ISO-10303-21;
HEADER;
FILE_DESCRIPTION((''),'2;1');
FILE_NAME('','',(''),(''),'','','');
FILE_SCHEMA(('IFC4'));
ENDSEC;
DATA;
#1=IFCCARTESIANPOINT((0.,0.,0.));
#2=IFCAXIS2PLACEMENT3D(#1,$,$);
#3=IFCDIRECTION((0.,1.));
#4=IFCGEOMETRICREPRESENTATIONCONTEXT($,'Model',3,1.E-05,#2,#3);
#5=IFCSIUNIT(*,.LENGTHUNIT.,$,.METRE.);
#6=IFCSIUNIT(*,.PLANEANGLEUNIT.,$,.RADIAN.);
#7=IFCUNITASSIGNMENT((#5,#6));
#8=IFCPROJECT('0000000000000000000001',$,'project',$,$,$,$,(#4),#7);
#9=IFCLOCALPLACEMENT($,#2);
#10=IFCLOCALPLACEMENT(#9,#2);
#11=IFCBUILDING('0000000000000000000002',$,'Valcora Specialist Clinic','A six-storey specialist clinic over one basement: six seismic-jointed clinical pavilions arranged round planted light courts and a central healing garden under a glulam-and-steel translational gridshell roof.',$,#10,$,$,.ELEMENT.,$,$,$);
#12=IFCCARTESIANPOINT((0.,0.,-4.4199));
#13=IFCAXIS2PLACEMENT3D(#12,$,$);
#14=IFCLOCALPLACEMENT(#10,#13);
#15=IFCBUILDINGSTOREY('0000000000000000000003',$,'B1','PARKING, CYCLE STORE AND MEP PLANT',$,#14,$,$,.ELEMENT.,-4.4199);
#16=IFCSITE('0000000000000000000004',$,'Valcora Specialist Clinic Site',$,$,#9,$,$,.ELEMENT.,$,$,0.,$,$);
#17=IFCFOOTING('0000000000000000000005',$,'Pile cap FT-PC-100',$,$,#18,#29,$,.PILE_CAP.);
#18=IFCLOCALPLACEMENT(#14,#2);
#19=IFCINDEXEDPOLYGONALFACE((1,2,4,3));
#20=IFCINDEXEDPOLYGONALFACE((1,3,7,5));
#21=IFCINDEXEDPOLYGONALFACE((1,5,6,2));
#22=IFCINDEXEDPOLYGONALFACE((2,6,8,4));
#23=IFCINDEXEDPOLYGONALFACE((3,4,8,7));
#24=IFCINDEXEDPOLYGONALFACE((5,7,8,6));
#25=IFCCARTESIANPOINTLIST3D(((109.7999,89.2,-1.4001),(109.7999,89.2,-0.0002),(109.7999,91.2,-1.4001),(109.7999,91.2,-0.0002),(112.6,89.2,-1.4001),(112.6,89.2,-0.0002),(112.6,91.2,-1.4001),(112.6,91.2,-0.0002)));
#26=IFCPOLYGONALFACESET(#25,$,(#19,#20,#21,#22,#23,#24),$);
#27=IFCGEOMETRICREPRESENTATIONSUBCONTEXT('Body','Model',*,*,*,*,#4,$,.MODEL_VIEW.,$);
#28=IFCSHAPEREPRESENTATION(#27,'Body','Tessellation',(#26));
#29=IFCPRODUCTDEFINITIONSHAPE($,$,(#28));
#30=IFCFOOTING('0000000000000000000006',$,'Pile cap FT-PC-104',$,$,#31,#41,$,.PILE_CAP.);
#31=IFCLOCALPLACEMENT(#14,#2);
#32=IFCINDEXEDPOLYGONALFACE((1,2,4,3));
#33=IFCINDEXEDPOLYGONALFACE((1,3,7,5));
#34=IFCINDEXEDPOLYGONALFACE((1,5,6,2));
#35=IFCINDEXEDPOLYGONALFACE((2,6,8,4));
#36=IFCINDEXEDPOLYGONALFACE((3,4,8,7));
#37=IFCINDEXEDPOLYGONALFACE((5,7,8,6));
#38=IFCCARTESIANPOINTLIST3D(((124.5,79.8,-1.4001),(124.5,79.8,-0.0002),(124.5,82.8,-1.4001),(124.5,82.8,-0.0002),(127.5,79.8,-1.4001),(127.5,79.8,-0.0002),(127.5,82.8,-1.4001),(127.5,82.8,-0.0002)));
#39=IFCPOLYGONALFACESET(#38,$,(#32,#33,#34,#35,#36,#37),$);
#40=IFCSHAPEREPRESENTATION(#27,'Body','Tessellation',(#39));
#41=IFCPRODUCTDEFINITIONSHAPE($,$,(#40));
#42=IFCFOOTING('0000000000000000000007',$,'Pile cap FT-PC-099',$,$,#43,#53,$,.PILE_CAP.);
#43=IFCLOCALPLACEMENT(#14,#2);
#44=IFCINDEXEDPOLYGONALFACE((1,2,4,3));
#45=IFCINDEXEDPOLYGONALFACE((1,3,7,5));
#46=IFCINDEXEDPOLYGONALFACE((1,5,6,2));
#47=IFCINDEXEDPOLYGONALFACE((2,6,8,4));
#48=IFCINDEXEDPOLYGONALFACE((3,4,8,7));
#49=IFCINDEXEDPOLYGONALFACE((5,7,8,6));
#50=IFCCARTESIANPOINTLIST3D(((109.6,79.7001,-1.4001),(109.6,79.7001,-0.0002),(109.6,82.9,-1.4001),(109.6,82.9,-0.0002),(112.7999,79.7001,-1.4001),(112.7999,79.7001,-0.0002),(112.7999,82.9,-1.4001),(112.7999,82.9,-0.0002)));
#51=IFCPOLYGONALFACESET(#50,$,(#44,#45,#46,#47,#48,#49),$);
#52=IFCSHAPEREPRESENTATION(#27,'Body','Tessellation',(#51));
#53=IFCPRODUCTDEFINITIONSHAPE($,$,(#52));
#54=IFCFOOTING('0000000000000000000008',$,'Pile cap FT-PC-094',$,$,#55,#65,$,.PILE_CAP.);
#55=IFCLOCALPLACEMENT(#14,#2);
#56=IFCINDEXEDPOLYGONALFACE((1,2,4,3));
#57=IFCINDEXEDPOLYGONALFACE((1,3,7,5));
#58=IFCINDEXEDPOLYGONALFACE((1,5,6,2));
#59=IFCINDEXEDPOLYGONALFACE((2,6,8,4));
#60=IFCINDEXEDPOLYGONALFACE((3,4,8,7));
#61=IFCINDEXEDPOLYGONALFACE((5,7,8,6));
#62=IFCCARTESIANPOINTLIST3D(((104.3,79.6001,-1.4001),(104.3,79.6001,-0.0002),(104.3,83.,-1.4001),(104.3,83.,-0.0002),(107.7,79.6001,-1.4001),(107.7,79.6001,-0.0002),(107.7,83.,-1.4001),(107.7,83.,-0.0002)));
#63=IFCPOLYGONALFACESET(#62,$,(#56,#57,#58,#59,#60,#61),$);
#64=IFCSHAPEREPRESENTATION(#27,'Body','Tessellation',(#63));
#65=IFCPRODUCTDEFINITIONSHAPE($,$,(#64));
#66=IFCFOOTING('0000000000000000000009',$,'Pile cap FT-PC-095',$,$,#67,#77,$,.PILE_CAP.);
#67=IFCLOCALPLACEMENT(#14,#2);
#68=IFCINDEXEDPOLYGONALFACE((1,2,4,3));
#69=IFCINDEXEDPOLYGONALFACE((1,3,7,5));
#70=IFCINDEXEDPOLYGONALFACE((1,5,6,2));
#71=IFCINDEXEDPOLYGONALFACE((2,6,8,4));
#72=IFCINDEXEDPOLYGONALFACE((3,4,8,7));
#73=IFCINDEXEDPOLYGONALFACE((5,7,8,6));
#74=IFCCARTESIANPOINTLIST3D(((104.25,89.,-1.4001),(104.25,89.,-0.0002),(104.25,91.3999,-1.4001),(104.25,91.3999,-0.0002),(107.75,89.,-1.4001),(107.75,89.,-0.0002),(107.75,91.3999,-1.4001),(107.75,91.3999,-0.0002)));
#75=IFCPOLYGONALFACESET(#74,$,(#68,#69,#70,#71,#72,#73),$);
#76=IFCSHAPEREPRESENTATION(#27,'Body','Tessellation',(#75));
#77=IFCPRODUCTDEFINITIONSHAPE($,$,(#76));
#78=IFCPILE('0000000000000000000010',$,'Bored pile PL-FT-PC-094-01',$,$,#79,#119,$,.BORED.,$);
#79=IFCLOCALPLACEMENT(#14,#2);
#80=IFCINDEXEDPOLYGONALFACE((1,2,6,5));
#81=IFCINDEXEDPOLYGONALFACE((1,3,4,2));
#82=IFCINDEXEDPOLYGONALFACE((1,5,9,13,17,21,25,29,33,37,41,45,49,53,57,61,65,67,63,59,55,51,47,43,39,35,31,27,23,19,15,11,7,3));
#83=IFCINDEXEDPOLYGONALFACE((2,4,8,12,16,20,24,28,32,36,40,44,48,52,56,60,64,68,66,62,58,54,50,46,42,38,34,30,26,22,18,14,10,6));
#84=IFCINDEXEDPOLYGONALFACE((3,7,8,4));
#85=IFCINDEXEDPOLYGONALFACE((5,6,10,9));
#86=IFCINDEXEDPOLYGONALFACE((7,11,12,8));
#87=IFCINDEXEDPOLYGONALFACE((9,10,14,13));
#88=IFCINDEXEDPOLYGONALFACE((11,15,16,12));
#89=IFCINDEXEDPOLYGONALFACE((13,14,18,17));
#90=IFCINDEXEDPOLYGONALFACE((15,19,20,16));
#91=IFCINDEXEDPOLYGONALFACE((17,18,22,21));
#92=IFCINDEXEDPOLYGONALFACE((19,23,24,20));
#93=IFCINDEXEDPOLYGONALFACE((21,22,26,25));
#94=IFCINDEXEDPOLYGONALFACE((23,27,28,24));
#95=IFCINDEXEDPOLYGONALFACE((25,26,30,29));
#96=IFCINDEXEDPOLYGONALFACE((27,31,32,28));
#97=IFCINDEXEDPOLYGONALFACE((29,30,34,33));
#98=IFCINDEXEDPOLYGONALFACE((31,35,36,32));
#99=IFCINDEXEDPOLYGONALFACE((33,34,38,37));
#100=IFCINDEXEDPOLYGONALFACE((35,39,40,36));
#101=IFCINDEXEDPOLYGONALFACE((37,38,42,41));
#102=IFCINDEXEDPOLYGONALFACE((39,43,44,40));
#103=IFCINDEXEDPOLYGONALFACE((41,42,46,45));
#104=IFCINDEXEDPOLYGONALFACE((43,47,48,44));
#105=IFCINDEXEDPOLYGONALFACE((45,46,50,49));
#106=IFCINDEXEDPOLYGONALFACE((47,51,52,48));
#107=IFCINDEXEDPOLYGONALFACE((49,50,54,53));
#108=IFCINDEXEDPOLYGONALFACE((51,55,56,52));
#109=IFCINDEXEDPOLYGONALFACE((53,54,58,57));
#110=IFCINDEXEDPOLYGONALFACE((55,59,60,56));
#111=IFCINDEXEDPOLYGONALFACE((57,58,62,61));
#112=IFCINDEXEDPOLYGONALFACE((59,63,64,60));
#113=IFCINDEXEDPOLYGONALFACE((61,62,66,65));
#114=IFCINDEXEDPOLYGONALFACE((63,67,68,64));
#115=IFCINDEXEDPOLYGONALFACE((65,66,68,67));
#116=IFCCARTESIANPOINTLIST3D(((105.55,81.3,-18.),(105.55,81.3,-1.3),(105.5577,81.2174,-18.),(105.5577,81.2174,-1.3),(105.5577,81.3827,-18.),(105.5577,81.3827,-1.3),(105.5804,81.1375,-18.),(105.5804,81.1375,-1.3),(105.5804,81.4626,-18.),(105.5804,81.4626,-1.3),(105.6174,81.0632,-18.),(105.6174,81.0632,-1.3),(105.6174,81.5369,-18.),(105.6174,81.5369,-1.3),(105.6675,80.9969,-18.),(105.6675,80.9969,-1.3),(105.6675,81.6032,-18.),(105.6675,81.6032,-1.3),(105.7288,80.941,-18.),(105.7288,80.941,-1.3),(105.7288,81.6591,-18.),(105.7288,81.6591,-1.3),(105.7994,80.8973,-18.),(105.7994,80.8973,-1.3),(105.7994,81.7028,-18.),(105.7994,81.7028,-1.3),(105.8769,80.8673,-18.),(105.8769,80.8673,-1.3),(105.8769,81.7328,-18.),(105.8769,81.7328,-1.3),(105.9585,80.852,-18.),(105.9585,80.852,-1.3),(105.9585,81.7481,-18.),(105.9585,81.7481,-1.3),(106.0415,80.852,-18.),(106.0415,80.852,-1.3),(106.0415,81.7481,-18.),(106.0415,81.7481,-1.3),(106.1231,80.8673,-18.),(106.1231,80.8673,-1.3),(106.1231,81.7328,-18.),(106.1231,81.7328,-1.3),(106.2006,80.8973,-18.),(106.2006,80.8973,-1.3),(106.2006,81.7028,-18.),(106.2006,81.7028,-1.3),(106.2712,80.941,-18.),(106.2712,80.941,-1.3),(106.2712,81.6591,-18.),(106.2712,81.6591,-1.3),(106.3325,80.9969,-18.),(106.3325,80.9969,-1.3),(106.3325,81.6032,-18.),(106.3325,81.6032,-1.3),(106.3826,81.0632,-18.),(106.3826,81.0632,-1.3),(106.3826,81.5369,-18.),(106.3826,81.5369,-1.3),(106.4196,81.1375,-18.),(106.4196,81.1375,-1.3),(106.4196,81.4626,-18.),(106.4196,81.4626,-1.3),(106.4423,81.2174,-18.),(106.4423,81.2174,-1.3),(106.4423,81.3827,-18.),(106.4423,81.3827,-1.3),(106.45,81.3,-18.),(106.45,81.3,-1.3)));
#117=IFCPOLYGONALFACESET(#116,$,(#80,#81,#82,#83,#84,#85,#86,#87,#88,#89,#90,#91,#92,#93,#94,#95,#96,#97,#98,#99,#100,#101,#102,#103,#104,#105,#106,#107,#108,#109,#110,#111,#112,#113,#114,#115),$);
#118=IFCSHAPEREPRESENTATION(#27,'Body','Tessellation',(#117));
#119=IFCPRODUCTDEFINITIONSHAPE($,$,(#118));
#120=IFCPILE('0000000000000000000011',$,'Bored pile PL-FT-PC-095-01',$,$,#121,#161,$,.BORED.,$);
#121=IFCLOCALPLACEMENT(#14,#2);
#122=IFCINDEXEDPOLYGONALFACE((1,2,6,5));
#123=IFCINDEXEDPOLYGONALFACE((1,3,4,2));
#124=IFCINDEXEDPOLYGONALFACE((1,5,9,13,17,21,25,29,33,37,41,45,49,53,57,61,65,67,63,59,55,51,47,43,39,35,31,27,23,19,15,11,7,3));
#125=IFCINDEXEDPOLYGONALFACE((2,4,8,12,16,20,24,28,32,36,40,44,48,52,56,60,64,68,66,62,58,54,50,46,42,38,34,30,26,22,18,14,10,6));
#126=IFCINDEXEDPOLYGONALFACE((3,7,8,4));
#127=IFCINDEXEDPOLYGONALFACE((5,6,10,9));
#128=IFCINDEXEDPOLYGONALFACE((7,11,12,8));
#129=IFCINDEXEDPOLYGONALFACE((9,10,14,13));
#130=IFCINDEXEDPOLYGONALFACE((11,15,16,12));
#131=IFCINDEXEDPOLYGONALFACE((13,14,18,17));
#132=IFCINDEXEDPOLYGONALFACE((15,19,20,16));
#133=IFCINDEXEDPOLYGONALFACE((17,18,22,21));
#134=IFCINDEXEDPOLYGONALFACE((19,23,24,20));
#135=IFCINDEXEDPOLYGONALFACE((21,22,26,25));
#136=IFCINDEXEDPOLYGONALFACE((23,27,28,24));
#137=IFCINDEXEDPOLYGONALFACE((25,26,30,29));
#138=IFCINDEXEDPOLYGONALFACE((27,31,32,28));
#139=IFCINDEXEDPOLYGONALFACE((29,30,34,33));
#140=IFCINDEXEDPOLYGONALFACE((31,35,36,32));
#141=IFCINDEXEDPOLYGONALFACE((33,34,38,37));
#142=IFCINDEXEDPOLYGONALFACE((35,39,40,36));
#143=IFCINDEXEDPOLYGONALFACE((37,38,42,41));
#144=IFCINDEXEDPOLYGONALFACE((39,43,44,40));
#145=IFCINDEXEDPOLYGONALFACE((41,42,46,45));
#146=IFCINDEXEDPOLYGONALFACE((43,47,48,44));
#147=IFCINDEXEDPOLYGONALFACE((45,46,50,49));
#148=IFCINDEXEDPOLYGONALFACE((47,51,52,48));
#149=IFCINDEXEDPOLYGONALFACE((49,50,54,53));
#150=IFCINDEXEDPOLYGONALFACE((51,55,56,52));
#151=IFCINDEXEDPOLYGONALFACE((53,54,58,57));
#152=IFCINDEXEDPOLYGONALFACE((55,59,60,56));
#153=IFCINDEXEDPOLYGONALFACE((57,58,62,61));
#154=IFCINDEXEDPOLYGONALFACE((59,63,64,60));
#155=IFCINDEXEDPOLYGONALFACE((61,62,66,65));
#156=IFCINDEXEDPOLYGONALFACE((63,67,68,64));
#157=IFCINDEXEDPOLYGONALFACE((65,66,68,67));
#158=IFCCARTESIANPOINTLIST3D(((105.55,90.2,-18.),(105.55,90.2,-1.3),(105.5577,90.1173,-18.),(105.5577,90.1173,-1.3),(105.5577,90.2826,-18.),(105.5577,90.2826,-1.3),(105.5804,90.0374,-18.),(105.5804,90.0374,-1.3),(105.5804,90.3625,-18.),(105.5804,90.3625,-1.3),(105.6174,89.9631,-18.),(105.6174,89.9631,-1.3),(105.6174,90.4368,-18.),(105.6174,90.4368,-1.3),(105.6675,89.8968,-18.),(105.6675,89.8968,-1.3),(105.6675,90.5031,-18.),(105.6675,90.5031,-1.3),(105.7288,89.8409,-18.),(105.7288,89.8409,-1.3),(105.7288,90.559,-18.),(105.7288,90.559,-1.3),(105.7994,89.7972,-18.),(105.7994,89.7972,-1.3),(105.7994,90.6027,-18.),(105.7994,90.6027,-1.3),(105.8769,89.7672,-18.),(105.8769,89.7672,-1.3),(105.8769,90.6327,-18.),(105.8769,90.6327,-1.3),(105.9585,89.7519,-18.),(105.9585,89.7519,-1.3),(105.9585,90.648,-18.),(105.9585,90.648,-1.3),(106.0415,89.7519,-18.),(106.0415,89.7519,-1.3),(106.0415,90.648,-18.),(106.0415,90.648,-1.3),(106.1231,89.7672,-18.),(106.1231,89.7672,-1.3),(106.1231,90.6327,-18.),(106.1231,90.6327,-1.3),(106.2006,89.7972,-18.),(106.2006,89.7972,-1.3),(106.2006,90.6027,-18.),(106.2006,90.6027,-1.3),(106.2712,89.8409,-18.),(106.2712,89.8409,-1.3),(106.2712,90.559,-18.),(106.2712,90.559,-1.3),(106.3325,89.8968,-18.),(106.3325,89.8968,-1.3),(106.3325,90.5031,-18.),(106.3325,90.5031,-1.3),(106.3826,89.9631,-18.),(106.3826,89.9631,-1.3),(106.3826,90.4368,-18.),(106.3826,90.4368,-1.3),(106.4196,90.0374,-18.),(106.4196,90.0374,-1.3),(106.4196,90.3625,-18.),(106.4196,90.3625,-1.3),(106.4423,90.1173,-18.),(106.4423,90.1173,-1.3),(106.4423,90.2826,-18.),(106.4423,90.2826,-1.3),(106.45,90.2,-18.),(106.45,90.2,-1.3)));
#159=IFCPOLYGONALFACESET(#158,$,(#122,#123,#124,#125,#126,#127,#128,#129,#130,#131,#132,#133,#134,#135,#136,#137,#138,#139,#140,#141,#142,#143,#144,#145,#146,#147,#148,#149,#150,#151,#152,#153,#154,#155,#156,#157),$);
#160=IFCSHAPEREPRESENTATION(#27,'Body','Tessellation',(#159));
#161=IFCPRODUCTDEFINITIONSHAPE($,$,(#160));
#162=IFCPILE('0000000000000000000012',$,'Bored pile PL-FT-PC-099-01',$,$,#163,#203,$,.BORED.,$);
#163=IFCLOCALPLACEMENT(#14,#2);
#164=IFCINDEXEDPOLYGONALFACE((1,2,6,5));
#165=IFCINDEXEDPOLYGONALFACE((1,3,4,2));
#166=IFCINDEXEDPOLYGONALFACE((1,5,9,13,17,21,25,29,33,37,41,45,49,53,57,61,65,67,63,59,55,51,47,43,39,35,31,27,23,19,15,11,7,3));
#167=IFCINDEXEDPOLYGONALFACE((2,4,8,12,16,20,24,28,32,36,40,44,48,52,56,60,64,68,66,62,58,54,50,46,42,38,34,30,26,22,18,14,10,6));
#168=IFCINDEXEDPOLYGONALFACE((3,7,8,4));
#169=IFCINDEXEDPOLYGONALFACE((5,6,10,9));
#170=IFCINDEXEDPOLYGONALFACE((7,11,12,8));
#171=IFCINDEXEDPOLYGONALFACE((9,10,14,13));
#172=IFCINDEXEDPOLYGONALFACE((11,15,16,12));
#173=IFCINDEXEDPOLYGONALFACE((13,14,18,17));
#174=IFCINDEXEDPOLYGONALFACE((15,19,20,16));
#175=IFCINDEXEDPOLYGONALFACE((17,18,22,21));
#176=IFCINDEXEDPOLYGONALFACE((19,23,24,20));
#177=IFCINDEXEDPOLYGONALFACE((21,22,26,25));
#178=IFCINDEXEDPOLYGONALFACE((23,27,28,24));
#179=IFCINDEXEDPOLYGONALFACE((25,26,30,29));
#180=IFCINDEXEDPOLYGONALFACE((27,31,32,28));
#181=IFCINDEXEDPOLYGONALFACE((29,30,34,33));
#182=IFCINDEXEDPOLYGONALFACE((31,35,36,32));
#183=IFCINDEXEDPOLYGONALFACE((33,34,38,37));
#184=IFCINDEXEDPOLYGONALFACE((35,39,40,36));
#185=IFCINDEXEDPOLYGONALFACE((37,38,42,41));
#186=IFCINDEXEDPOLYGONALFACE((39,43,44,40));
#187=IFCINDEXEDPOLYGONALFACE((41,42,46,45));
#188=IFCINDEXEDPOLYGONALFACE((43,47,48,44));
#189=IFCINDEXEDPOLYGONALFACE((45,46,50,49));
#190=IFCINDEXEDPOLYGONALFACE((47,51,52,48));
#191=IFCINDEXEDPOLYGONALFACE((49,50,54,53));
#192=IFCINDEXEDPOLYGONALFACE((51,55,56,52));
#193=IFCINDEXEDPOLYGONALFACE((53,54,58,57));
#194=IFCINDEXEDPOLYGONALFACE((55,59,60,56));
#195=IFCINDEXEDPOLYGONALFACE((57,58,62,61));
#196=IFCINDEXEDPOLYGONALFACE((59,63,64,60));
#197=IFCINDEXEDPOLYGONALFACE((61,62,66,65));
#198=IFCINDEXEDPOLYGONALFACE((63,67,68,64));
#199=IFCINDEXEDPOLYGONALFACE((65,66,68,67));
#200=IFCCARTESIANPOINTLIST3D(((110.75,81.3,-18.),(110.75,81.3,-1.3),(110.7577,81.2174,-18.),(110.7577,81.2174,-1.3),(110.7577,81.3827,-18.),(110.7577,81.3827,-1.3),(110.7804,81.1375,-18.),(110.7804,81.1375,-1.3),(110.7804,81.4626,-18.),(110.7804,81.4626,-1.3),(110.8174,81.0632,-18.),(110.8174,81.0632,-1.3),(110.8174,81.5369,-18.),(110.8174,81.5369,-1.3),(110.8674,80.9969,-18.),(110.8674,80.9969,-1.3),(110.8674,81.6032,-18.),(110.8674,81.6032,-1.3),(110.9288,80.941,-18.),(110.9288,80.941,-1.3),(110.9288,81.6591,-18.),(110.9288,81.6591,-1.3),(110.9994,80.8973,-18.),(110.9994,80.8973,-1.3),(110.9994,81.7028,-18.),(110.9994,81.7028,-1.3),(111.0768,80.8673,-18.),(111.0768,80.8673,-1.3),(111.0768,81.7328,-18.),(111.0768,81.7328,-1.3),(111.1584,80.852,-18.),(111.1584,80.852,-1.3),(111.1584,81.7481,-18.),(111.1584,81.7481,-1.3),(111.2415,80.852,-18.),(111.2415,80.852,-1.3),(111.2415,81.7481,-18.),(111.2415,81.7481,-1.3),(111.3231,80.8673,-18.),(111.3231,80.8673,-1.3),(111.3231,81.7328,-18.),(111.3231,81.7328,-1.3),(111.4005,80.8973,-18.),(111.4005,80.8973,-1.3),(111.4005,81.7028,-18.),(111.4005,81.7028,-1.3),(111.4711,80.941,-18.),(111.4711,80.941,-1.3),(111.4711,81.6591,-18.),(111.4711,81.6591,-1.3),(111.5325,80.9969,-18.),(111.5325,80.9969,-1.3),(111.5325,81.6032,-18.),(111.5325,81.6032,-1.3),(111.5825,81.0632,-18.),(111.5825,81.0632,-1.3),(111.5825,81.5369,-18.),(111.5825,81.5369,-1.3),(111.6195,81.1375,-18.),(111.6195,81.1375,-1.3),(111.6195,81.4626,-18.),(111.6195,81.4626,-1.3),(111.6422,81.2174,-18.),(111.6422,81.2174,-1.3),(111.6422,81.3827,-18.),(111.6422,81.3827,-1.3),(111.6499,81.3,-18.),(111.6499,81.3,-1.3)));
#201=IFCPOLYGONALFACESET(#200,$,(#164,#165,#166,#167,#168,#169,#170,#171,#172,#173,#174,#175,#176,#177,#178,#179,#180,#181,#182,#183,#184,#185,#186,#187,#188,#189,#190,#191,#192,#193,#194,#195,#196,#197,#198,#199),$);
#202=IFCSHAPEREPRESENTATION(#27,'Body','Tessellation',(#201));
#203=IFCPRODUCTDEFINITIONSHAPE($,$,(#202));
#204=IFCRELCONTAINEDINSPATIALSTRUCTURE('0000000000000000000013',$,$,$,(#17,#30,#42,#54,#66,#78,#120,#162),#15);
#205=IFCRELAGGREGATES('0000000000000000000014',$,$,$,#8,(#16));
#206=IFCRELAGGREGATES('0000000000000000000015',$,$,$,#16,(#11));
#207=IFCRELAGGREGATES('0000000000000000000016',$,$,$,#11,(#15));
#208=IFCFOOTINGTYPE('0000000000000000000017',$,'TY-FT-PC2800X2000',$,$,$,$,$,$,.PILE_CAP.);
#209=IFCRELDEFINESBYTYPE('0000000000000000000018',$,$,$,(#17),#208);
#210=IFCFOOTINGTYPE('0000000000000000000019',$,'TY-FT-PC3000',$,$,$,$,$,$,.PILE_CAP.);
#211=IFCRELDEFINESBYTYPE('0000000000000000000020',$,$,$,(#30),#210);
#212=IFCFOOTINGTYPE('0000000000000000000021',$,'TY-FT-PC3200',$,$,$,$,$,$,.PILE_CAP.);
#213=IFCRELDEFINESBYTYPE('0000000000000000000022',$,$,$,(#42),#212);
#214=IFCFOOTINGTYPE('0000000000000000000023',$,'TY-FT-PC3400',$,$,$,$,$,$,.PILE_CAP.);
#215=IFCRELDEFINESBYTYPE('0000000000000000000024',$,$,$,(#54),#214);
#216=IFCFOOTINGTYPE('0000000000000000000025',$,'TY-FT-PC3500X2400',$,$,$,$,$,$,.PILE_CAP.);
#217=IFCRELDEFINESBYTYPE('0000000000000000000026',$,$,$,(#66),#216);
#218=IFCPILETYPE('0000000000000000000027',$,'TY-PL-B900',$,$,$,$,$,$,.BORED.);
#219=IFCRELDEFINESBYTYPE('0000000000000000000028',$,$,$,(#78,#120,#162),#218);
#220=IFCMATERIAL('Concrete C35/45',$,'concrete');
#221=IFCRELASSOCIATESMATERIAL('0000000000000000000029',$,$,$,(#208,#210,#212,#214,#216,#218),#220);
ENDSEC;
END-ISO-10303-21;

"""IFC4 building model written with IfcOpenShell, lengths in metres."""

from ifc_helpers import new_model, si_unit, direction, frame, origin, origin_2d, place, context, subcontext, project, spatial, rectangle, circle, extrude, material, material_profile, profile_set, type_object, element, save


model = new_model("IFC4")

# Units and contexts
model_context = context("Model", 3, precision=1e-05, world=origin(), true_north=direction((0.0, 1.0)))
body_context = subcontext(model_context, "Body", "Model", "MODEL_VIEW")
ifc_project = project(units=[si_unit("LENGTHUNIT", "METRE"), si_unit("PLANEANGLEUNIT", "RADIAN")], contexts=[model_context])

# Site, building, storey
site_placement = place(None, origin())
site = spatial("IfcSite", under=ifc_project, at=site_placement, Name="Valcora Specialist Clinic Site", CompositionType="ELEMENT", RefElevation=0.0)
building_placement = place(site_placement, origin())
building = spatial("IfcBuilding", under=site, at=building_placement, Name="Valcora Specialist Clinic", Description="A six-storey specialist clinic over one basement: six seismic-jointed clinical pavilions arranged round planted light courts and a central healing garden under a glulam-and-steel translational gridshell roof.", CompositionType="ELEMENT")
storey_placement = place(building_placement, frame((0.0, 0.0, -4.4199)))
storey = spatial("IfcBuildingStorey", under=building, at=storey_placement, Name="B1", Description="PARKING, CYCLE STORE AND MEP PLANT", CompositionType="ELEMENT", Elevation=-4.4199)

# Footings
ifc_material_1 = material(Name="Concrete C35/45", Category="concrete")
footing_type_1 = type_object("IfcFootingType", Name="TY-FT-PC2800X2000", PredefinedType="PILE_CAP", material=ifc_material_1)
footing_1_placement = place(storey_placement, frame((111.2, 90.2, -1.4001), z_axis=(0.0, 0.0, 1.0), x_axis=(1.0, 0.0, 0.0)))
element("IfcFooting", 1, at=footing_1_placement, inside=storey, type_object=footing_type_1, Name="Pile cap FT-PC-100", PredefinedType="PILE_CAP", context=body_context, shape_type="SweptSolid", body=[
    extrude(rectangle(XDim=2.8, YDim=2.0, at=origin_2d()), origin(), (0.0, 0.0, 1.0), 1.3999),
])
footing_type_2 = type_object("IfcFootingType", Name="TY-FT-PC3000", PredefinedType="PILE_CAP", material=ifc_material_1)
footing_2_placement = place(storey_placement, frame((126.0, 81.3, -1.4001), z_axis=(0.0, 0.0, 1.0), x_axis=(1.0, 0.0, 0.0)))
element("IfcFooting", 2, at=footing_2_placement, inside=storey, type_object=footing_type_2, Name="Pile cap FT-PC-104", PredefinedType="PILE_CAP", context=body_context, shape_type="SweptSolid", body=[
    extrude(rectangle(XDim=3.0, YDim=3.0, at=origin_2d()), origin(), (0.0, 0.0, 1.0), 1.3999),
])
footing_type_3 = type_object("IfcFootingType", Name="TY-FT-PC3200", PredefinedType="PILE_CAP", material=ifc_material_1)
footing_3_placement = place(storey_placement, frame((111.2, 81.3, -1.4001), z_axis=(0.0, 0.0, 1.0), x_axis=(1.0, 0.0, 0.0)))
element("IfcFooting", 3, at=footing_3_placement, inside=storey, type_object=footing_type_3, Name="Pile cap FT-PC-099", PredefinedType="PILE_CAP", context=body_context, shape_type="SweptSolid", body=[
    extrude(rectangle(XDim=3.2, YDim=3.2, at=origin_2d()), origin(), (0.0, 0.0, 1.0), 1.3999),
])
footing_type_4 = type_object("IfcFootingType", Name="TY-FT-PC3400", PredefinedType="PILE_CAP", material=ifc_material_1)
footing_4_placement = place(storey_placement, frame((106.0, 81.3, -1.4001), z_axis=(0.0, 0.0, 1.0), x_axis=(1.0, 0.0, 0.0)))
element("IfcFooting", 4, at=footing_4_placement, inside=storey, type_object=footing_type_4, Name="Pile cap FT-PC-094", PredefinedType="PILE_CAP", context=body_context, shape_type="SweptSolid", body=[
    extrude(rectangle(XDim=3.3999, YDim=3.3999, at=origin_2d()), origin(), (0.0, 0.0, 1.0), 1.3999),
])
footing_type_5 = type_object("IfcFootingType", Name="TY-FT-PC3500X2400", PredefinedType="PILE_CAP", material=ifc_material_1)
footing_5_placement = place(storey_placement, frame((106.0, 90.2, -1.4001), z_axis=(0.0, 0.0, 1.0), x_axis=(1.0, 0.0, 0.0)))
element("IfcFooting", 5, at=footing_5_placement, inside=storey, type_object=footing_type_5, Name="Pile cap FT-PC-095", PredefinedType="PILE_CAP", context=body_context, shape_type="SweptSolid", body=[
    extrude(rectangle(XDim=3.5, YDim=2.3999, at=origin_2d()), origin(), (0.0, 0.0, 1.0), 1.3999),
])

# Piles
ifc_material_profile_1 = material_profile(ifc_material_1, circle(Radius=0.45, at=origin_2d()), Name="RC-PIL-D900")
ifc_profile_set_1 = profile_set([ifc_material_profile_1], Name="Concrete C35/45")
pile_type = type_object("IfcPileType", Name="TY-PL-B900", PredefinedType="BORED", material=ifc_profile_set_1)
for number, where, z_axis, x_axis, name in (
    (6, (106.0, 81.3, -1.3), (0.0, 0.0, -1.0), (1.0, 0.0, 0.0), "Bored pile PL-FT-PC-094-01"),
    (7, (106.0, 90.2, -1.3), (0.0, 0.0, -1.0), (1.0, 0.0, 0.0), "Bored pile PL-FT-PC-095-01"),
    (8, (111.2, 81.3, -1.3), (0.0, 0.0, -1.0), (1.0, 0.0, 0.0), "Bored pile PL-FT-PC-099-01"),
):
    element("IfcPile", number, at=place(storey_placement, frame(where, z_axis=z_axis, x_axis=x_axis)), inside=storey, type_object=pile_type, Name=name, PredefinedType="BORED", context=body_context, shape_type="SweptSolid", body=[
        extrude(circle(Radius=0.45, at=origin_2d()), origin(), (0.0, 0.0, 1.0), 16.7),
    ])

save(model, "model.ifc")
